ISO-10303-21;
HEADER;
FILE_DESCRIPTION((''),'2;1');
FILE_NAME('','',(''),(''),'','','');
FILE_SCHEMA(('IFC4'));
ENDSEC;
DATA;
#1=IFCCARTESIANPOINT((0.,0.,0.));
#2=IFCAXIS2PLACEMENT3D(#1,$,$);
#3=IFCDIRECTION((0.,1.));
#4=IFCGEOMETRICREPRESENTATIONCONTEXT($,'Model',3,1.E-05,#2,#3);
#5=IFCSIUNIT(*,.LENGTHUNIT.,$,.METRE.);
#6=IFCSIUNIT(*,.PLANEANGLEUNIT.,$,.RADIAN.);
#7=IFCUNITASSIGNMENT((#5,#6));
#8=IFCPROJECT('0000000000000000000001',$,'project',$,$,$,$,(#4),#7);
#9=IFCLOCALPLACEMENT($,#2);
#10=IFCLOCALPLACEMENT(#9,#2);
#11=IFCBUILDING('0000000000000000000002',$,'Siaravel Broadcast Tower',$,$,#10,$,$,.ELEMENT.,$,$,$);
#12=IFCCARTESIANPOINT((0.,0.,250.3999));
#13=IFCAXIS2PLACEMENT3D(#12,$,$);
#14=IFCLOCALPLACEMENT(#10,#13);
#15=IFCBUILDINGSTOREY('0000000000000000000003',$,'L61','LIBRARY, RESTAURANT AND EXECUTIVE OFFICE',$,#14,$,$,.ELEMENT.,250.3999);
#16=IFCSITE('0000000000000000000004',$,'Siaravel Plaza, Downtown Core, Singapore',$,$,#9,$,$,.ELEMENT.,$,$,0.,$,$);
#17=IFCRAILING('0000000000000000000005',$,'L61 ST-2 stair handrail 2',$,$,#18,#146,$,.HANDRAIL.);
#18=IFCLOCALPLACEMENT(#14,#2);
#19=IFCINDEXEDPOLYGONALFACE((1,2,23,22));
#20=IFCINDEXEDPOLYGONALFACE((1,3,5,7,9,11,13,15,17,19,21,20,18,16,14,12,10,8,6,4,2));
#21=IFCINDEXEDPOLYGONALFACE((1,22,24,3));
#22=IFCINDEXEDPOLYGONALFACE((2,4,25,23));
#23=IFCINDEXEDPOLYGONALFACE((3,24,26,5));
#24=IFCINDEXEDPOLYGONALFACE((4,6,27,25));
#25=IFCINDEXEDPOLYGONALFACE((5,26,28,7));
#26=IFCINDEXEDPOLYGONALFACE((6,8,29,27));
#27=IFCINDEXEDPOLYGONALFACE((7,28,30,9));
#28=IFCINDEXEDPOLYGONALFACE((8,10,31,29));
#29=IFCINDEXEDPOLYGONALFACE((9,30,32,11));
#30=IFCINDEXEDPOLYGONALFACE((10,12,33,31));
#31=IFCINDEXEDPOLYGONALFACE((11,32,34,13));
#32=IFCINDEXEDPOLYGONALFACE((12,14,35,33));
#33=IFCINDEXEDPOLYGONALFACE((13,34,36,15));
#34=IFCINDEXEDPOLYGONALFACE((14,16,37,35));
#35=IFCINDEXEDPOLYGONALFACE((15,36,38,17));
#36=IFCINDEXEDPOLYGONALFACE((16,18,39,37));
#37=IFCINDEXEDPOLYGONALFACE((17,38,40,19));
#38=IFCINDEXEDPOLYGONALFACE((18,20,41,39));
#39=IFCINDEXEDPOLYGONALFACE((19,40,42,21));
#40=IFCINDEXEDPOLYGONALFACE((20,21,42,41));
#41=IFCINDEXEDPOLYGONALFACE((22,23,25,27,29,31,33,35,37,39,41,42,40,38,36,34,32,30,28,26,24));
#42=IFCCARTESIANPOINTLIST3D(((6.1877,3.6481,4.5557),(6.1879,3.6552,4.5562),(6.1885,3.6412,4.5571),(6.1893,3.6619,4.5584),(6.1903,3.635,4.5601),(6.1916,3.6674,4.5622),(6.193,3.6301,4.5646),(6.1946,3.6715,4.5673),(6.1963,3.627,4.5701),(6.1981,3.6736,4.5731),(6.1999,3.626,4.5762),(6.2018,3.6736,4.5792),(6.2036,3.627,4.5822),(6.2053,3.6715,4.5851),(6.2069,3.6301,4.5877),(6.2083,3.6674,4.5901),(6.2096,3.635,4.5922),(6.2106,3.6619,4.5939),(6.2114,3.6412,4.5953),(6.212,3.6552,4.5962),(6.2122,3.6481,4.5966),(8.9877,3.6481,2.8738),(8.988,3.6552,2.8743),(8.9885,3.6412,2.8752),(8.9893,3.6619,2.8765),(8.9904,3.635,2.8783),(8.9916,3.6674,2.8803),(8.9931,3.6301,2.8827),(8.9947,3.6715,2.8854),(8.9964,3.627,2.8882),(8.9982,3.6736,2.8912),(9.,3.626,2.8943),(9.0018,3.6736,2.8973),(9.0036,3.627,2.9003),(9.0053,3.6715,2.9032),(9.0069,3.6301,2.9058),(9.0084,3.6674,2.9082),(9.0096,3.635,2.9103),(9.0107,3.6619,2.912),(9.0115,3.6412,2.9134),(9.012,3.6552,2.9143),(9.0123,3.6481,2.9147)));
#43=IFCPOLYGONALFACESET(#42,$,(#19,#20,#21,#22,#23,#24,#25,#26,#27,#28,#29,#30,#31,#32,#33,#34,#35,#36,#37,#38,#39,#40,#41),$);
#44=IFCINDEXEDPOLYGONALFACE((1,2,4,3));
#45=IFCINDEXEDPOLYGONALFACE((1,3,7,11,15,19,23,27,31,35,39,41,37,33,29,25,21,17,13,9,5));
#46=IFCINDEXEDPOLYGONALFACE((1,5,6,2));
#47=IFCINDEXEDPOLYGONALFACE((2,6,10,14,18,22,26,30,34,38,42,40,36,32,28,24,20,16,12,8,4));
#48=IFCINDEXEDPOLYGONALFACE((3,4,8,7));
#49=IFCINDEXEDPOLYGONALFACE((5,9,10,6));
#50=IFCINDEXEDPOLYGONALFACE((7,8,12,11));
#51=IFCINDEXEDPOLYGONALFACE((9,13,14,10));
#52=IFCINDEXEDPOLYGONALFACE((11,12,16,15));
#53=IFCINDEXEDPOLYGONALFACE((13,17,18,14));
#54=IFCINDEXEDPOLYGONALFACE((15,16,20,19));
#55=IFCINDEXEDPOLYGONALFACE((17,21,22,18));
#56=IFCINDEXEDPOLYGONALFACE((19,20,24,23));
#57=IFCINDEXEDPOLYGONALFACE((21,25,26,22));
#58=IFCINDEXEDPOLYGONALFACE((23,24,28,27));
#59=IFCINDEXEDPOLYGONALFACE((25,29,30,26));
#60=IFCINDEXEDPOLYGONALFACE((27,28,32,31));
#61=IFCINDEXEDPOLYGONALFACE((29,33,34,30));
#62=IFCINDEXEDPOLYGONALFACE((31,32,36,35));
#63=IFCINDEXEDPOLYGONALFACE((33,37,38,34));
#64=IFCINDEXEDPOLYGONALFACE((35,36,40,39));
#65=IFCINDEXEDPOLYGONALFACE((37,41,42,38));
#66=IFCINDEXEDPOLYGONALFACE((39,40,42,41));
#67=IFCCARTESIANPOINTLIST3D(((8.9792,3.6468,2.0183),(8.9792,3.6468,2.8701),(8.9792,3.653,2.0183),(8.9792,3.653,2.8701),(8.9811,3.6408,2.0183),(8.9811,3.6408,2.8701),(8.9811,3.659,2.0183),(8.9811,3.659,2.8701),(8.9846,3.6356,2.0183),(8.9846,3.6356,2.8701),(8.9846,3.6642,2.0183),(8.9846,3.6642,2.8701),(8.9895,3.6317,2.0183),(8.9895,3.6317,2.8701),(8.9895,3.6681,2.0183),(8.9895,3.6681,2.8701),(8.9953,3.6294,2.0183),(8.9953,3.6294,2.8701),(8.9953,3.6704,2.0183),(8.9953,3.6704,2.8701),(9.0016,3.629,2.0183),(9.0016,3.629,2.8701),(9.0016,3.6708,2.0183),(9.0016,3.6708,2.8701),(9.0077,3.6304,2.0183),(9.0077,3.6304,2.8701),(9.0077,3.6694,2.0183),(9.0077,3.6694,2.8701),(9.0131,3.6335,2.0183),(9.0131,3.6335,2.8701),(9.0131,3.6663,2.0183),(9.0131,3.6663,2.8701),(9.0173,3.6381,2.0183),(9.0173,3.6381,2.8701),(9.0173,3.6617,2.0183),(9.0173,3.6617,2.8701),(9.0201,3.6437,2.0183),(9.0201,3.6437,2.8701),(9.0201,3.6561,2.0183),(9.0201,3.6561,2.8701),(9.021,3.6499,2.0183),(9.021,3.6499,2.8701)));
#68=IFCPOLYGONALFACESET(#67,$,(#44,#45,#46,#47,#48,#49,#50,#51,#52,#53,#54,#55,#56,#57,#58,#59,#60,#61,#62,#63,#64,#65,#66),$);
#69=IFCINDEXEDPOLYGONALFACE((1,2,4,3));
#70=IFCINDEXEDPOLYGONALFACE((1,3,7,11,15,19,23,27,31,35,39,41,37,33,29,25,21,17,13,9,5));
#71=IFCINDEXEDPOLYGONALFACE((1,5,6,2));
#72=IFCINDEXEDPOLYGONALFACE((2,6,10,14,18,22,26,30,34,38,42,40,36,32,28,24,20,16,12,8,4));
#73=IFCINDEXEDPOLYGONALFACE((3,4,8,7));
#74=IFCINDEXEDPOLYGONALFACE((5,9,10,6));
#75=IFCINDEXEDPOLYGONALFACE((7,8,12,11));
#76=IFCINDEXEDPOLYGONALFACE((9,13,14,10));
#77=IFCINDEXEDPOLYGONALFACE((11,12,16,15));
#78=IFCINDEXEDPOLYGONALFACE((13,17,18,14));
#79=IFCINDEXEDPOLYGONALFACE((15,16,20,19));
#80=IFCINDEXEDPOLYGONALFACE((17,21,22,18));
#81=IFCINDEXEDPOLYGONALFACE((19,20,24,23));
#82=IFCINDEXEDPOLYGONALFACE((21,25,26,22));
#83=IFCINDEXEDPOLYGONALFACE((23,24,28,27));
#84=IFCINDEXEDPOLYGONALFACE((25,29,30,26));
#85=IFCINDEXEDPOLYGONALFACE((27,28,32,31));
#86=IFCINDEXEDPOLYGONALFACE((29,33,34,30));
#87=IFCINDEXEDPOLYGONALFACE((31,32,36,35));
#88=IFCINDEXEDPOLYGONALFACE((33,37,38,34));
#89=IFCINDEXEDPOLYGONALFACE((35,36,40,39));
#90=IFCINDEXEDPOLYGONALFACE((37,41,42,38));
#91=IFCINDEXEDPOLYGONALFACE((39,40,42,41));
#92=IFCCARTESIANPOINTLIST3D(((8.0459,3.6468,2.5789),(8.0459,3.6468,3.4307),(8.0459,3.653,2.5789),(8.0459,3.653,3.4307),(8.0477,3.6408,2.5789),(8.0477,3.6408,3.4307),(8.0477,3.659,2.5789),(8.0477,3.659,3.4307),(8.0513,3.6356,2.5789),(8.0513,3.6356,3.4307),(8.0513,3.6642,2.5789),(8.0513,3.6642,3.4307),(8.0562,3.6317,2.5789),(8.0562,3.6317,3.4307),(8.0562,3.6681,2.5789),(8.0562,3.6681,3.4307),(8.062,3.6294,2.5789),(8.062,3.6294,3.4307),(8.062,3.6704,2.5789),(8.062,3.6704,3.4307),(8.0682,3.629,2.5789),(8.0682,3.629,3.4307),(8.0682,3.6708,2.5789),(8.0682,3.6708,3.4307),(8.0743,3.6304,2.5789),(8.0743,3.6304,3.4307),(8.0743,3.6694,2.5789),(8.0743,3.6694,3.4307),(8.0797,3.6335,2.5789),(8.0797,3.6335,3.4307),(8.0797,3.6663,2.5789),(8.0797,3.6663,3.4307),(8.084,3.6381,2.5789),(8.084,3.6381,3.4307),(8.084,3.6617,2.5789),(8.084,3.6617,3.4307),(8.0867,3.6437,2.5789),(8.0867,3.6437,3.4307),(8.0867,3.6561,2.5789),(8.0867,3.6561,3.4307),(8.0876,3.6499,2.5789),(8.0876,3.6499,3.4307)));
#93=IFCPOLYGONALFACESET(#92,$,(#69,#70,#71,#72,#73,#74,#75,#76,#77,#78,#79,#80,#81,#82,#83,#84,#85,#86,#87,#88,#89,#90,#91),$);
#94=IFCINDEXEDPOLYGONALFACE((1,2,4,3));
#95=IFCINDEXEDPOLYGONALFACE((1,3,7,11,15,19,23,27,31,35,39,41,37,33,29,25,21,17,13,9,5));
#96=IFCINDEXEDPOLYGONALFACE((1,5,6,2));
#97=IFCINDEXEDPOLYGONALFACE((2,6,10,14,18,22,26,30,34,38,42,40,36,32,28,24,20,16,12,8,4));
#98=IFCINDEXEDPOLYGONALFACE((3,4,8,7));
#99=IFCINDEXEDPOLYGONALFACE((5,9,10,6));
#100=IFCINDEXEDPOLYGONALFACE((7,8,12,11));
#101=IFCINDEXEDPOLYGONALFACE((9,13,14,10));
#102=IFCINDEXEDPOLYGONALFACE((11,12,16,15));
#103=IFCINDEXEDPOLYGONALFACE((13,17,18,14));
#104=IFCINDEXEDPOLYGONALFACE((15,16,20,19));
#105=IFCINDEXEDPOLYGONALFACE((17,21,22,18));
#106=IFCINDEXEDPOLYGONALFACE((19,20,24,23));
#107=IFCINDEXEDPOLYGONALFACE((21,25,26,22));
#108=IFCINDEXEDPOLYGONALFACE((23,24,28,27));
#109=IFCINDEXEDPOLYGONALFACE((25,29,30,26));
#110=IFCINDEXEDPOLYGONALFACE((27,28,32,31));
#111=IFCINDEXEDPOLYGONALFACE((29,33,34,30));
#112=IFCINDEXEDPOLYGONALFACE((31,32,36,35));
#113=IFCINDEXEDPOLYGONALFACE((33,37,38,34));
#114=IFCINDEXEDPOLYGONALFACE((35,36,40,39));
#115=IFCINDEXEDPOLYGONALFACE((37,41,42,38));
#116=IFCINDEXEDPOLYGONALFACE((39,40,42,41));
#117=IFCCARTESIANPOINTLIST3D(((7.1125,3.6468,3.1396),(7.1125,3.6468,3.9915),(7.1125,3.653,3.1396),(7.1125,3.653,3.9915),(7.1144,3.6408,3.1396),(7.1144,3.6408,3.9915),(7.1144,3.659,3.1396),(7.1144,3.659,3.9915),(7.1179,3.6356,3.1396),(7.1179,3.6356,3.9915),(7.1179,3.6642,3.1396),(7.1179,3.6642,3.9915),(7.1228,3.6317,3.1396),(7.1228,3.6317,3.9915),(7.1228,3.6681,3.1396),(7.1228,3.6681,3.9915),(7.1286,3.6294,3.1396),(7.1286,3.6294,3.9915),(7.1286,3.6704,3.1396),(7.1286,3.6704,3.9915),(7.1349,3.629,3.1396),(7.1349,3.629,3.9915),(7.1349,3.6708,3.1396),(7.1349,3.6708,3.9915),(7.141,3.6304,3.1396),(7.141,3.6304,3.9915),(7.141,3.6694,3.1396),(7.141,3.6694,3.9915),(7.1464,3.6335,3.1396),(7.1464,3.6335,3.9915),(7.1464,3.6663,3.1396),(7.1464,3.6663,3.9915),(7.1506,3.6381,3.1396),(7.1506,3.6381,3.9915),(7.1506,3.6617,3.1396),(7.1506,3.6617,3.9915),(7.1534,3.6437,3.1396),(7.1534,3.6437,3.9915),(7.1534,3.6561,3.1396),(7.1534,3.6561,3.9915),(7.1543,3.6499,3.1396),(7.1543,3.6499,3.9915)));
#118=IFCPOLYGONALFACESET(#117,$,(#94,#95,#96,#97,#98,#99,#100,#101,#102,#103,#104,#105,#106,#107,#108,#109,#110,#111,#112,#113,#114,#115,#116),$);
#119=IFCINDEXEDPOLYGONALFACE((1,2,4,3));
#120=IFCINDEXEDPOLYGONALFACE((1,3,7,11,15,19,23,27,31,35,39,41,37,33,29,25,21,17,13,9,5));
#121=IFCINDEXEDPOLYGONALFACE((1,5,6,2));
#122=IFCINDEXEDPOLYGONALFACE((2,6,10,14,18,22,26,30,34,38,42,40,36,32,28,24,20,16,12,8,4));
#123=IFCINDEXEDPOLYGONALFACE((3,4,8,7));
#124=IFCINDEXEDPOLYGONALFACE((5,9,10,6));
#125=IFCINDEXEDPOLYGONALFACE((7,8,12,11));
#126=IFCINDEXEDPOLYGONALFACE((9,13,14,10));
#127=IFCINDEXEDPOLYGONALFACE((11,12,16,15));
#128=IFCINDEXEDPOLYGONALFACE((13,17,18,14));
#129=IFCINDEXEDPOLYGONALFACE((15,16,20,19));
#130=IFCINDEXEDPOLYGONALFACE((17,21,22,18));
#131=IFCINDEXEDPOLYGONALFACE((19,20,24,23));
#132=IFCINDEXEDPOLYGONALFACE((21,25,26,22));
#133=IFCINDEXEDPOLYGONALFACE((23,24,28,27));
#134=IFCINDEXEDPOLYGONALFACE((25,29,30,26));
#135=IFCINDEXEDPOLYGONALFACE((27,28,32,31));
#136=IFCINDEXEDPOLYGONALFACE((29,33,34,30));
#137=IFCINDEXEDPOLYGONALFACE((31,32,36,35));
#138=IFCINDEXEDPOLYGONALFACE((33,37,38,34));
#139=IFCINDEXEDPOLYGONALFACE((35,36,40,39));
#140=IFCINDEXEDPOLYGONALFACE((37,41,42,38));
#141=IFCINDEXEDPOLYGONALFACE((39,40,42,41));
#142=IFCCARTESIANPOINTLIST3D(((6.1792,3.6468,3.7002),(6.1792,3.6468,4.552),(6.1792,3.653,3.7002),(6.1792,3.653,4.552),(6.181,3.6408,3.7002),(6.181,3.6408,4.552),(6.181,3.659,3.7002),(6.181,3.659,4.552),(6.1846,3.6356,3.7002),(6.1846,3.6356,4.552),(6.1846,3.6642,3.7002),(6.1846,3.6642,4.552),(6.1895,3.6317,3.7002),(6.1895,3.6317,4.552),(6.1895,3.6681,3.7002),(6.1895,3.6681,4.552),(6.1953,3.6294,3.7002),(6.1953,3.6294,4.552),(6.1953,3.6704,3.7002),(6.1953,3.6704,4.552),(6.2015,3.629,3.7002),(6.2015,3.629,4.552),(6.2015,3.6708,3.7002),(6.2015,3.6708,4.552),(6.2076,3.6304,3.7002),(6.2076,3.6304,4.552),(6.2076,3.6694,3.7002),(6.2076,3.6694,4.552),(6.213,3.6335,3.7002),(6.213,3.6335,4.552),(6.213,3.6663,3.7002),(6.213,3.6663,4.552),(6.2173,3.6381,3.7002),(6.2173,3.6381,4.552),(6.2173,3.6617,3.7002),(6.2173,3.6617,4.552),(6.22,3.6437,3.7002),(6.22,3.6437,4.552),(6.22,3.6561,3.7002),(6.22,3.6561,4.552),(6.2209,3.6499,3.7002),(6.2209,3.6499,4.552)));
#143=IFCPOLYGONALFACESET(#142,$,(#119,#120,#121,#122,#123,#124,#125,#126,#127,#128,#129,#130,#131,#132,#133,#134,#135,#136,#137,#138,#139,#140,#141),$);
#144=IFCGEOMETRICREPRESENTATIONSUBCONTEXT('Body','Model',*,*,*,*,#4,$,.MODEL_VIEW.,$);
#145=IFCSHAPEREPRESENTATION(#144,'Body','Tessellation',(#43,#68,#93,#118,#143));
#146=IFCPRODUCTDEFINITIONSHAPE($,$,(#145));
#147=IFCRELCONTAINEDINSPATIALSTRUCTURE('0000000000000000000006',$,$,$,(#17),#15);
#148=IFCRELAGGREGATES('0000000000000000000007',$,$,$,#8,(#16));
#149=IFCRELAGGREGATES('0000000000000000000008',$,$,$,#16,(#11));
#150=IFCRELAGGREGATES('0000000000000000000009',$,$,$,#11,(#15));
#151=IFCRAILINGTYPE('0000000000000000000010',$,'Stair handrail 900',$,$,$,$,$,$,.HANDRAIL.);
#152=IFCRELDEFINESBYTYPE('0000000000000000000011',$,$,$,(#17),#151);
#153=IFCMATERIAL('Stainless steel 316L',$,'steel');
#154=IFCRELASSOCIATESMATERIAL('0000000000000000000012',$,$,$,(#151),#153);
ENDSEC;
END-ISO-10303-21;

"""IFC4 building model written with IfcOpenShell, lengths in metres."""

from ifc_helpers import new_model, si_unit, direction, frame, origin, origin_2d, place, context, subcontext, project, spatial, circle, extrude, material, type_object, element, save


model = new_model("IFC4")

# Units and contexts
model_context = context("Model", 3, precision=1e-05, world=origin(), true_north=direction((0.0, 1.0)))
body_context = subcontext(model_context, "Body", "Model", "MODEL_VIEW")
ifc_project = project(units=[si_unit("LENGTHUNIT", "METRE"), si_unit("PLANEANGLEUNIT", "RADIAN")], contexts=[model_context])

# Site, building, storey
site_placement = place(None, origin())
site = spatial("IfcSite", under=ifc_project, at=site_placement, Name="Siaravel Plaza, Downtown Core, Singapore", CompositionType="ELEMENT", RefElevation=0.0)
building_placement = place(site_placement, origin())
building = spatial("IfcBuilding", under=site, at=building_placement, Name="Siaravel Broadcast Tower", CompositionType="ELEMENT")
storey_placement = place(building_placement, frame((0.0, 0.0, 250.3999)))
storey = spatial("IfcBuildingStorey", under=building, at=storey_placement, Name="L61", Description="LIBRARY, RESTAURANT AND EXECUTIVE OFFICE", CompositionType="ELEMENT", Elevation=250.3999)

# Railing
ifc_material_1 = material(Name="Stainless steel 316L", Category="steel")
railing_type_1 = type_object("IfcRailingType", Name="Stair handrail 900", PredefinedType="HANDRAIL", material=ifc_material_1)
railing_1_placement = place(storey_placement, frame((9.0, 3.6499, 2.0183)))
element("IfcRailing", 1, at=railing_1_placement, inside=storey, type_object=railing_type_1, Name="L61 ST-2 stair handrail 2", PredefinedType="HANDRAIL", context=body_context, shape_type="SweptSolid", body=[
    extrude(circle(Radius=0.0239, at=origin_2d()), frame((0.0, 0.0, 0.876), z_axis=(-0.857242, 0.0, 0.514913), x_axis=(0.0, -1.0, 0.0)), (0.0, 0.0, 1.0), 3.2664),
    extrude(circle(Radius=0.021, at=origin_2d()), origin(), (0.0, 0.0, 1.0), 0.8518),
    extrude(circle(Radius=0.021, at=origin_2d()), frame((-0.9333, 0.0, 0.5605)), (0.0, 0.0, 1.0), 0.8518),
    extrude(circle(Radius=0.021, at=origin_2d()), frame((-1.8667, 0.0, 1.1213)), (0.0, 0.0, 1.0), 0.8518),
    extrude(circle(Radius=0.021, at=origin_2d()), frame((-2.8, 0.0, 1.6819)), (0.0, 0.0, 1.0), 0.8518),
])

save(model, "model.ifc")
